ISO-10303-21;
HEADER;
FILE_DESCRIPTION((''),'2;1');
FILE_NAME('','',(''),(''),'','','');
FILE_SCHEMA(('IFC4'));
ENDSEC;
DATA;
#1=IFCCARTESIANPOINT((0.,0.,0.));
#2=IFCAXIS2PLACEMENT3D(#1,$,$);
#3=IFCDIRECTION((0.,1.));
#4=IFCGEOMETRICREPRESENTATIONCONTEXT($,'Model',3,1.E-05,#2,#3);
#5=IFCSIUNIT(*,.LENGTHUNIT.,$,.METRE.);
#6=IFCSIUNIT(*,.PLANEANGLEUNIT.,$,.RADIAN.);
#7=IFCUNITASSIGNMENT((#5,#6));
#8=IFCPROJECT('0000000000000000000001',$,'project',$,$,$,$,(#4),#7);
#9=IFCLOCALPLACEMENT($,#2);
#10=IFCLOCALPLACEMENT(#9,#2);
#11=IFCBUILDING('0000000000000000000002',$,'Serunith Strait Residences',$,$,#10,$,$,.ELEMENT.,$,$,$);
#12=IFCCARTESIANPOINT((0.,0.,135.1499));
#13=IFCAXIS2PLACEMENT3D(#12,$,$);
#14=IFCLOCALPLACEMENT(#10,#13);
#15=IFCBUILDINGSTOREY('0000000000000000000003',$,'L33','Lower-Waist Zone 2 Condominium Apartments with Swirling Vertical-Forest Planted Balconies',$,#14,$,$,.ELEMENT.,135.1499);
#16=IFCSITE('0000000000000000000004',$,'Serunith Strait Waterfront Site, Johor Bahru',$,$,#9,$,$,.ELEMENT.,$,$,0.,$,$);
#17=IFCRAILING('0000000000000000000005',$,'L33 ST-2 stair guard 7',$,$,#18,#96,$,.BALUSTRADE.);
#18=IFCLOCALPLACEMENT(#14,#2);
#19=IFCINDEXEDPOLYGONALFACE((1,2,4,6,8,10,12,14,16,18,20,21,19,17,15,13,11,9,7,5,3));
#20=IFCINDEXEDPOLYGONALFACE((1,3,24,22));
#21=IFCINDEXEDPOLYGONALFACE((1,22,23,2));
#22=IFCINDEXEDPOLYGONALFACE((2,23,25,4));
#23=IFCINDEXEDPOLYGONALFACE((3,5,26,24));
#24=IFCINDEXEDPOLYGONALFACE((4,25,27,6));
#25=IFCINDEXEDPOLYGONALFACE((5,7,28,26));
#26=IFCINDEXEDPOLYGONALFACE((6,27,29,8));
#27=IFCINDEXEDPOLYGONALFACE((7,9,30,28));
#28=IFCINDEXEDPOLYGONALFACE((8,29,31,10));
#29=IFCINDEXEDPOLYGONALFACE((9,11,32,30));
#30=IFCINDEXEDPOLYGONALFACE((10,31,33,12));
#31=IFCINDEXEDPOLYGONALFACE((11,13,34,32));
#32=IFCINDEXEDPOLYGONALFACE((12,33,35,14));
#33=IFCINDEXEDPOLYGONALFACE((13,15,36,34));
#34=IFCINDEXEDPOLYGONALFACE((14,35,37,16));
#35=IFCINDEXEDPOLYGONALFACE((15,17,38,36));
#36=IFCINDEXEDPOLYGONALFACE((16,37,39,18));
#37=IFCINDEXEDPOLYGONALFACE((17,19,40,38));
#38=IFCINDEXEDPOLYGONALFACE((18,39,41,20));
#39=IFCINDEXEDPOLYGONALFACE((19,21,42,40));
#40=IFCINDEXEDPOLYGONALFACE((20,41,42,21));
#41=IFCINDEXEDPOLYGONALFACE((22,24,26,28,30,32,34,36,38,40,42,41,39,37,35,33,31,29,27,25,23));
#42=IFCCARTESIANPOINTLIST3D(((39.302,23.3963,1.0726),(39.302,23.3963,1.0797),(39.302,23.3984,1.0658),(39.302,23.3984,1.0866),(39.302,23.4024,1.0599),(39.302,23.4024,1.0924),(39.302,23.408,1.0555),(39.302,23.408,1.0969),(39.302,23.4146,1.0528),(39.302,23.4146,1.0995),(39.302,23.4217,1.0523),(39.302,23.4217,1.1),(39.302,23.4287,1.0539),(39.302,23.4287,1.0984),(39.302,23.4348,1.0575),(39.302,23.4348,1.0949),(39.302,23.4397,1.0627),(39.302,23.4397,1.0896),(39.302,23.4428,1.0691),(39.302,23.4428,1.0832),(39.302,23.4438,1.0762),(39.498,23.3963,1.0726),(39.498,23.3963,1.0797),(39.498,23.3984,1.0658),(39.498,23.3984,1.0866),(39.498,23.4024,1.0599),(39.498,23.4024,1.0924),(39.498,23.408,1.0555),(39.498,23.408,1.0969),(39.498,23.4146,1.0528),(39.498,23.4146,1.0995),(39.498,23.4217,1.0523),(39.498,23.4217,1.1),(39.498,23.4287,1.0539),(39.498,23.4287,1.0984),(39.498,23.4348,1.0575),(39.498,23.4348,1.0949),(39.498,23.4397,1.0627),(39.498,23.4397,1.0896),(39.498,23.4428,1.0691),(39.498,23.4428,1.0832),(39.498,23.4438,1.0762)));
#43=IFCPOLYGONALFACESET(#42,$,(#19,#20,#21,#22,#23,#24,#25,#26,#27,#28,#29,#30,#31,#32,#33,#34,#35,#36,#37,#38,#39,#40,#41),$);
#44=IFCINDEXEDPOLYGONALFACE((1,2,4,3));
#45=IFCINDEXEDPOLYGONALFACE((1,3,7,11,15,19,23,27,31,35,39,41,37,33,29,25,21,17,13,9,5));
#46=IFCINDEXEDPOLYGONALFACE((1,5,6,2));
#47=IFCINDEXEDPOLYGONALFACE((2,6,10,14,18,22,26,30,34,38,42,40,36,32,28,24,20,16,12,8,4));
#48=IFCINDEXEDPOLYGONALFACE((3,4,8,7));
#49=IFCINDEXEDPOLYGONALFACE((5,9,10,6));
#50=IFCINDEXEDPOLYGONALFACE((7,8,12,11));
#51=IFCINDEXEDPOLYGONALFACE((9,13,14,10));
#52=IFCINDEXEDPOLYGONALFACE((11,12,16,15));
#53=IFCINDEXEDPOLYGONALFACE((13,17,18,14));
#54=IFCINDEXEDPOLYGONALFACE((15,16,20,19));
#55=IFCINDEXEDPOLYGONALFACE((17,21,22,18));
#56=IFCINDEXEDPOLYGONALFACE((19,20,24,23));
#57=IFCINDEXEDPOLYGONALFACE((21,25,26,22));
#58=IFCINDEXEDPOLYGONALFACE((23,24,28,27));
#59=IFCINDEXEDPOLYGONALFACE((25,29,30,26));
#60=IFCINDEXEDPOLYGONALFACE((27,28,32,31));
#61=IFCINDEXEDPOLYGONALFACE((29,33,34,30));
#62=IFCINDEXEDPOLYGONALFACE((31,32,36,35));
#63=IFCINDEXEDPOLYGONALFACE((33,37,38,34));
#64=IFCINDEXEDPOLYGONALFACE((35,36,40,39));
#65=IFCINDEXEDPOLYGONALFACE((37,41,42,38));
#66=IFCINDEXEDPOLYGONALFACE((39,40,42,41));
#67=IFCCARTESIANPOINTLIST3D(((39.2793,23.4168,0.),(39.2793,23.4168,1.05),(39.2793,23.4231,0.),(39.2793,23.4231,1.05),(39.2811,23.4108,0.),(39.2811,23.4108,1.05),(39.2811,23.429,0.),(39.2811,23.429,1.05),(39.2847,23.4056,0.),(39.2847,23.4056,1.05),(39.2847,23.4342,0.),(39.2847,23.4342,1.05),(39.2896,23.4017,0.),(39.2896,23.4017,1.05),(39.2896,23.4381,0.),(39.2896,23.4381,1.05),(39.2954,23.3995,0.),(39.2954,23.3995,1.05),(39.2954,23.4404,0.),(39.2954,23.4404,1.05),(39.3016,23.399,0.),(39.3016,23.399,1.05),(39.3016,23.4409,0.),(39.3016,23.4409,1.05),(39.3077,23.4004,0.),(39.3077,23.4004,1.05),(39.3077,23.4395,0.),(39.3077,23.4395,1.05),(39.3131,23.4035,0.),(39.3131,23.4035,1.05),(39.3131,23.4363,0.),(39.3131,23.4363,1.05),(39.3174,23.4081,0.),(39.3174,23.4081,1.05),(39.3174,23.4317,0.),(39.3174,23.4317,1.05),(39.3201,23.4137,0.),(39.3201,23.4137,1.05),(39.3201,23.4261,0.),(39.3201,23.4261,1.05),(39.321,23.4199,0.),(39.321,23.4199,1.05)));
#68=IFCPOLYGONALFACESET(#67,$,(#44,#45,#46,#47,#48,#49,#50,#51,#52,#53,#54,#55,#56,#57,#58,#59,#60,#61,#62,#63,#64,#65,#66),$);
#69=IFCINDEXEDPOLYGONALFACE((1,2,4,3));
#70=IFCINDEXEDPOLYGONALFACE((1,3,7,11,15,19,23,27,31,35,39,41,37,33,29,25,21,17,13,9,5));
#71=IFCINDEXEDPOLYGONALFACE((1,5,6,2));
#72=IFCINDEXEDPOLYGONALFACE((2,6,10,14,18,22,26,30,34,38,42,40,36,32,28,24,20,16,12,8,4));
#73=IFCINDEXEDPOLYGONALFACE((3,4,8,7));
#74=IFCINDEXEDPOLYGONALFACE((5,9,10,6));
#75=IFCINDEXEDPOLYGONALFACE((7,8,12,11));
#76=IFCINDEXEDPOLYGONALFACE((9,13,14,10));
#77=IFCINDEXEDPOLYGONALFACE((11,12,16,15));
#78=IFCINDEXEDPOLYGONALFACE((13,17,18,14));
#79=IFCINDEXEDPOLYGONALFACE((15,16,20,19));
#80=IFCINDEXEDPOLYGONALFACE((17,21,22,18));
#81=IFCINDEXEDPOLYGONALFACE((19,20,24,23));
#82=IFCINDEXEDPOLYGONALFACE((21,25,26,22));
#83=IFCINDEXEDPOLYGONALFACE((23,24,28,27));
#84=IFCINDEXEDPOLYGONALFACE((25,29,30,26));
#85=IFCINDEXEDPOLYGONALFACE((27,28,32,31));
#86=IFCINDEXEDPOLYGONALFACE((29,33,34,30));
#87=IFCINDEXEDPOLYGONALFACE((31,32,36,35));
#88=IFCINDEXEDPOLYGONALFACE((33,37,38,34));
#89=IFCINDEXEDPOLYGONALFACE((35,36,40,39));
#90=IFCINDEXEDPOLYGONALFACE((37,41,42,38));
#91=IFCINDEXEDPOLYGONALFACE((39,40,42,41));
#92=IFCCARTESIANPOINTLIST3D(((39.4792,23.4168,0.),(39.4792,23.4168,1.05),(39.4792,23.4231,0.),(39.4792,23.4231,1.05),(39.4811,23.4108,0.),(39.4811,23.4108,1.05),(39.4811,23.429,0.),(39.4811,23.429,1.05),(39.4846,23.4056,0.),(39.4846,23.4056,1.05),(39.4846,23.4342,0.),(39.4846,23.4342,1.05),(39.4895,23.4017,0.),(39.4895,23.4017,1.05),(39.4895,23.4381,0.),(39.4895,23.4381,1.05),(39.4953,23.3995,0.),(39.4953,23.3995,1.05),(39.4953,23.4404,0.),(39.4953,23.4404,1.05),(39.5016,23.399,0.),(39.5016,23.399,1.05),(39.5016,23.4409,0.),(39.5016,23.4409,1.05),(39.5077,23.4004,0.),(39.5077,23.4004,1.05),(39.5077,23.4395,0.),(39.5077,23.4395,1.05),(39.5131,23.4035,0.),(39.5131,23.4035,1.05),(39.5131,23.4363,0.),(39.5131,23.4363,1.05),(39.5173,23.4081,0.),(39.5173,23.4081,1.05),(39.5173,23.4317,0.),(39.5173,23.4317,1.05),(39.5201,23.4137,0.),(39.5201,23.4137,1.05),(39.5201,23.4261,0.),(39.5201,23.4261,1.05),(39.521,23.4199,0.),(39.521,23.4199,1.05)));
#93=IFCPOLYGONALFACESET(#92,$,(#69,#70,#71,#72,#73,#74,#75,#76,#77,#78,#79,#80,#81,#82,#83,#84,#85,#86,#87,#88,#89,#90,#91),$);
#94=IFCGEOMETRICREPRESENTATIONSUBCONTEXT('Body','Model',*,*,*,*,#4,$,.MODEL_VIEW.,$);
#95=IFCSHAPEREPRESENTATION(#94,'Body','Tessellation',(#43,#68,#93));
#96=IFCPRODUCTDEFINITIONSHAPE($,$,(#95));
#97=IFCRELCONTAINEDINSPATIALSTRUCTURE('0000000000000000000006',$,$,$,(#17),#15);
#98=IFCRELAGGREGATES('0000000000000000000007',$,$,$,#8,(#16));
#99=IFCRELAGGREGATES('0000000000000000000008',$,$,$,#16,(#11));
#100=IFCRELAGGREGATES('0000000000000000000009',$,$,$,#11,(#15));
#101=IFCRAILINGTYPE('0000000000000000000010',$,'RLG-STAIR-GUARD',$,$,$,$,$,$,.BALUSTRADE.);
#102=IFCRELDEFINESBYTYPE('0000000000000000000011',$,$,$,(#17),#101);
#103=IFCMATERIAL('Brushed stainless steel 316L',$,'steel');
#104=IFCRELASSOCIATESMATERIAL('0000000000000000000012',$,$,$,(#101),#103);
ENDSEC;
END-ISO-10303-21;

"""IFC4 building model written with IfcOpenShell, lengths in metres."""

from ifc_helpers import new_model, si_unit, direction, frame, origin, origin_2d, place, context, subcontext, project, spatial, circle, extrude, material, type_object, element, save


model = new_model("IFC4")

# Units and contexts
model_context = context("Model", 3, precision=1e-05, world=origin(), true_north=direction((0.0, 1.0)))
body_context = subcontext(model_context, "Body", "Model", "MODEL_VIEW")
ifc_project = project(units=[si_unit("LENGTHUNIT", "METRE"), si_unit("PLANEANGLEUNIT", "RADIAN")], contexts=[model_context])

# Site, building, storey
site_placement = place(None, origin())
site = spatial("IfcSite", under=ifc_project, at=site_placement, Name="Serunith Strait Waterfront Site, Johor Bahru", CompositionType="ELEMENT", RefElevation=0.0)
building_placement = place(site_placement, origin())
building = spatial("IfcBuilding", under=site, at=building_placement, Name="Serunith Strait Residences", CompositionType="ELEMENT")
storey_placement = place(building_placement, frame((0.0, 0.0, 135.1499)))
storey = spatial("IfcBuildingStorey", under=building, at=storey_placement, Name="L33", Description="Lower-Waist Zone 2 Condominium Apartments with Swirling Vertical-Forest Planted Balconies", CompositionType="ELEMENT", Elevation=135.1499)

# Railing
ifc_material_1 = material(Name="Brushed stainless steel 316L", Category="steel")
railing_type_1 = type_object("IfcRailingType", Name="RLG-STAIR-GUARD", PredefinedType="BALUSTRADE", material=ifc_material_1)
railing_1_placement = place(storey_placement, frame((39.3, 23.4199, 0.0)))
element("IfcRailing", 1, at=railing_1_placement, inside=storey, type_object=railing_type_1, Name="L33 ST-2 stair guard 7", PredefinedType="BALUSTRADE", context=body_context, shape_type="SweptSolid", body=[
    extrude(circle(Radius=0.0239, at=origin_2d()), frame((0.002, 0.0, 1.0762), z_axis=(1.0, 0.0, 0.0), x_axis=(0.0, 1.0, 0.0)), (0.0, 0.0, 1.0), 0.196),
    extrude(circle(Radius=0.021, at=origin_2d()), origin(), (0.0, 0.0, 1.0), 1.05),
    extrude(circle(Radius=0.021, at=origin_2d()), frame((0.2, 0.0, 0.0)), (0.0, 0.0, 1.0), 1.05),
])

save(model, "model.ifc")
